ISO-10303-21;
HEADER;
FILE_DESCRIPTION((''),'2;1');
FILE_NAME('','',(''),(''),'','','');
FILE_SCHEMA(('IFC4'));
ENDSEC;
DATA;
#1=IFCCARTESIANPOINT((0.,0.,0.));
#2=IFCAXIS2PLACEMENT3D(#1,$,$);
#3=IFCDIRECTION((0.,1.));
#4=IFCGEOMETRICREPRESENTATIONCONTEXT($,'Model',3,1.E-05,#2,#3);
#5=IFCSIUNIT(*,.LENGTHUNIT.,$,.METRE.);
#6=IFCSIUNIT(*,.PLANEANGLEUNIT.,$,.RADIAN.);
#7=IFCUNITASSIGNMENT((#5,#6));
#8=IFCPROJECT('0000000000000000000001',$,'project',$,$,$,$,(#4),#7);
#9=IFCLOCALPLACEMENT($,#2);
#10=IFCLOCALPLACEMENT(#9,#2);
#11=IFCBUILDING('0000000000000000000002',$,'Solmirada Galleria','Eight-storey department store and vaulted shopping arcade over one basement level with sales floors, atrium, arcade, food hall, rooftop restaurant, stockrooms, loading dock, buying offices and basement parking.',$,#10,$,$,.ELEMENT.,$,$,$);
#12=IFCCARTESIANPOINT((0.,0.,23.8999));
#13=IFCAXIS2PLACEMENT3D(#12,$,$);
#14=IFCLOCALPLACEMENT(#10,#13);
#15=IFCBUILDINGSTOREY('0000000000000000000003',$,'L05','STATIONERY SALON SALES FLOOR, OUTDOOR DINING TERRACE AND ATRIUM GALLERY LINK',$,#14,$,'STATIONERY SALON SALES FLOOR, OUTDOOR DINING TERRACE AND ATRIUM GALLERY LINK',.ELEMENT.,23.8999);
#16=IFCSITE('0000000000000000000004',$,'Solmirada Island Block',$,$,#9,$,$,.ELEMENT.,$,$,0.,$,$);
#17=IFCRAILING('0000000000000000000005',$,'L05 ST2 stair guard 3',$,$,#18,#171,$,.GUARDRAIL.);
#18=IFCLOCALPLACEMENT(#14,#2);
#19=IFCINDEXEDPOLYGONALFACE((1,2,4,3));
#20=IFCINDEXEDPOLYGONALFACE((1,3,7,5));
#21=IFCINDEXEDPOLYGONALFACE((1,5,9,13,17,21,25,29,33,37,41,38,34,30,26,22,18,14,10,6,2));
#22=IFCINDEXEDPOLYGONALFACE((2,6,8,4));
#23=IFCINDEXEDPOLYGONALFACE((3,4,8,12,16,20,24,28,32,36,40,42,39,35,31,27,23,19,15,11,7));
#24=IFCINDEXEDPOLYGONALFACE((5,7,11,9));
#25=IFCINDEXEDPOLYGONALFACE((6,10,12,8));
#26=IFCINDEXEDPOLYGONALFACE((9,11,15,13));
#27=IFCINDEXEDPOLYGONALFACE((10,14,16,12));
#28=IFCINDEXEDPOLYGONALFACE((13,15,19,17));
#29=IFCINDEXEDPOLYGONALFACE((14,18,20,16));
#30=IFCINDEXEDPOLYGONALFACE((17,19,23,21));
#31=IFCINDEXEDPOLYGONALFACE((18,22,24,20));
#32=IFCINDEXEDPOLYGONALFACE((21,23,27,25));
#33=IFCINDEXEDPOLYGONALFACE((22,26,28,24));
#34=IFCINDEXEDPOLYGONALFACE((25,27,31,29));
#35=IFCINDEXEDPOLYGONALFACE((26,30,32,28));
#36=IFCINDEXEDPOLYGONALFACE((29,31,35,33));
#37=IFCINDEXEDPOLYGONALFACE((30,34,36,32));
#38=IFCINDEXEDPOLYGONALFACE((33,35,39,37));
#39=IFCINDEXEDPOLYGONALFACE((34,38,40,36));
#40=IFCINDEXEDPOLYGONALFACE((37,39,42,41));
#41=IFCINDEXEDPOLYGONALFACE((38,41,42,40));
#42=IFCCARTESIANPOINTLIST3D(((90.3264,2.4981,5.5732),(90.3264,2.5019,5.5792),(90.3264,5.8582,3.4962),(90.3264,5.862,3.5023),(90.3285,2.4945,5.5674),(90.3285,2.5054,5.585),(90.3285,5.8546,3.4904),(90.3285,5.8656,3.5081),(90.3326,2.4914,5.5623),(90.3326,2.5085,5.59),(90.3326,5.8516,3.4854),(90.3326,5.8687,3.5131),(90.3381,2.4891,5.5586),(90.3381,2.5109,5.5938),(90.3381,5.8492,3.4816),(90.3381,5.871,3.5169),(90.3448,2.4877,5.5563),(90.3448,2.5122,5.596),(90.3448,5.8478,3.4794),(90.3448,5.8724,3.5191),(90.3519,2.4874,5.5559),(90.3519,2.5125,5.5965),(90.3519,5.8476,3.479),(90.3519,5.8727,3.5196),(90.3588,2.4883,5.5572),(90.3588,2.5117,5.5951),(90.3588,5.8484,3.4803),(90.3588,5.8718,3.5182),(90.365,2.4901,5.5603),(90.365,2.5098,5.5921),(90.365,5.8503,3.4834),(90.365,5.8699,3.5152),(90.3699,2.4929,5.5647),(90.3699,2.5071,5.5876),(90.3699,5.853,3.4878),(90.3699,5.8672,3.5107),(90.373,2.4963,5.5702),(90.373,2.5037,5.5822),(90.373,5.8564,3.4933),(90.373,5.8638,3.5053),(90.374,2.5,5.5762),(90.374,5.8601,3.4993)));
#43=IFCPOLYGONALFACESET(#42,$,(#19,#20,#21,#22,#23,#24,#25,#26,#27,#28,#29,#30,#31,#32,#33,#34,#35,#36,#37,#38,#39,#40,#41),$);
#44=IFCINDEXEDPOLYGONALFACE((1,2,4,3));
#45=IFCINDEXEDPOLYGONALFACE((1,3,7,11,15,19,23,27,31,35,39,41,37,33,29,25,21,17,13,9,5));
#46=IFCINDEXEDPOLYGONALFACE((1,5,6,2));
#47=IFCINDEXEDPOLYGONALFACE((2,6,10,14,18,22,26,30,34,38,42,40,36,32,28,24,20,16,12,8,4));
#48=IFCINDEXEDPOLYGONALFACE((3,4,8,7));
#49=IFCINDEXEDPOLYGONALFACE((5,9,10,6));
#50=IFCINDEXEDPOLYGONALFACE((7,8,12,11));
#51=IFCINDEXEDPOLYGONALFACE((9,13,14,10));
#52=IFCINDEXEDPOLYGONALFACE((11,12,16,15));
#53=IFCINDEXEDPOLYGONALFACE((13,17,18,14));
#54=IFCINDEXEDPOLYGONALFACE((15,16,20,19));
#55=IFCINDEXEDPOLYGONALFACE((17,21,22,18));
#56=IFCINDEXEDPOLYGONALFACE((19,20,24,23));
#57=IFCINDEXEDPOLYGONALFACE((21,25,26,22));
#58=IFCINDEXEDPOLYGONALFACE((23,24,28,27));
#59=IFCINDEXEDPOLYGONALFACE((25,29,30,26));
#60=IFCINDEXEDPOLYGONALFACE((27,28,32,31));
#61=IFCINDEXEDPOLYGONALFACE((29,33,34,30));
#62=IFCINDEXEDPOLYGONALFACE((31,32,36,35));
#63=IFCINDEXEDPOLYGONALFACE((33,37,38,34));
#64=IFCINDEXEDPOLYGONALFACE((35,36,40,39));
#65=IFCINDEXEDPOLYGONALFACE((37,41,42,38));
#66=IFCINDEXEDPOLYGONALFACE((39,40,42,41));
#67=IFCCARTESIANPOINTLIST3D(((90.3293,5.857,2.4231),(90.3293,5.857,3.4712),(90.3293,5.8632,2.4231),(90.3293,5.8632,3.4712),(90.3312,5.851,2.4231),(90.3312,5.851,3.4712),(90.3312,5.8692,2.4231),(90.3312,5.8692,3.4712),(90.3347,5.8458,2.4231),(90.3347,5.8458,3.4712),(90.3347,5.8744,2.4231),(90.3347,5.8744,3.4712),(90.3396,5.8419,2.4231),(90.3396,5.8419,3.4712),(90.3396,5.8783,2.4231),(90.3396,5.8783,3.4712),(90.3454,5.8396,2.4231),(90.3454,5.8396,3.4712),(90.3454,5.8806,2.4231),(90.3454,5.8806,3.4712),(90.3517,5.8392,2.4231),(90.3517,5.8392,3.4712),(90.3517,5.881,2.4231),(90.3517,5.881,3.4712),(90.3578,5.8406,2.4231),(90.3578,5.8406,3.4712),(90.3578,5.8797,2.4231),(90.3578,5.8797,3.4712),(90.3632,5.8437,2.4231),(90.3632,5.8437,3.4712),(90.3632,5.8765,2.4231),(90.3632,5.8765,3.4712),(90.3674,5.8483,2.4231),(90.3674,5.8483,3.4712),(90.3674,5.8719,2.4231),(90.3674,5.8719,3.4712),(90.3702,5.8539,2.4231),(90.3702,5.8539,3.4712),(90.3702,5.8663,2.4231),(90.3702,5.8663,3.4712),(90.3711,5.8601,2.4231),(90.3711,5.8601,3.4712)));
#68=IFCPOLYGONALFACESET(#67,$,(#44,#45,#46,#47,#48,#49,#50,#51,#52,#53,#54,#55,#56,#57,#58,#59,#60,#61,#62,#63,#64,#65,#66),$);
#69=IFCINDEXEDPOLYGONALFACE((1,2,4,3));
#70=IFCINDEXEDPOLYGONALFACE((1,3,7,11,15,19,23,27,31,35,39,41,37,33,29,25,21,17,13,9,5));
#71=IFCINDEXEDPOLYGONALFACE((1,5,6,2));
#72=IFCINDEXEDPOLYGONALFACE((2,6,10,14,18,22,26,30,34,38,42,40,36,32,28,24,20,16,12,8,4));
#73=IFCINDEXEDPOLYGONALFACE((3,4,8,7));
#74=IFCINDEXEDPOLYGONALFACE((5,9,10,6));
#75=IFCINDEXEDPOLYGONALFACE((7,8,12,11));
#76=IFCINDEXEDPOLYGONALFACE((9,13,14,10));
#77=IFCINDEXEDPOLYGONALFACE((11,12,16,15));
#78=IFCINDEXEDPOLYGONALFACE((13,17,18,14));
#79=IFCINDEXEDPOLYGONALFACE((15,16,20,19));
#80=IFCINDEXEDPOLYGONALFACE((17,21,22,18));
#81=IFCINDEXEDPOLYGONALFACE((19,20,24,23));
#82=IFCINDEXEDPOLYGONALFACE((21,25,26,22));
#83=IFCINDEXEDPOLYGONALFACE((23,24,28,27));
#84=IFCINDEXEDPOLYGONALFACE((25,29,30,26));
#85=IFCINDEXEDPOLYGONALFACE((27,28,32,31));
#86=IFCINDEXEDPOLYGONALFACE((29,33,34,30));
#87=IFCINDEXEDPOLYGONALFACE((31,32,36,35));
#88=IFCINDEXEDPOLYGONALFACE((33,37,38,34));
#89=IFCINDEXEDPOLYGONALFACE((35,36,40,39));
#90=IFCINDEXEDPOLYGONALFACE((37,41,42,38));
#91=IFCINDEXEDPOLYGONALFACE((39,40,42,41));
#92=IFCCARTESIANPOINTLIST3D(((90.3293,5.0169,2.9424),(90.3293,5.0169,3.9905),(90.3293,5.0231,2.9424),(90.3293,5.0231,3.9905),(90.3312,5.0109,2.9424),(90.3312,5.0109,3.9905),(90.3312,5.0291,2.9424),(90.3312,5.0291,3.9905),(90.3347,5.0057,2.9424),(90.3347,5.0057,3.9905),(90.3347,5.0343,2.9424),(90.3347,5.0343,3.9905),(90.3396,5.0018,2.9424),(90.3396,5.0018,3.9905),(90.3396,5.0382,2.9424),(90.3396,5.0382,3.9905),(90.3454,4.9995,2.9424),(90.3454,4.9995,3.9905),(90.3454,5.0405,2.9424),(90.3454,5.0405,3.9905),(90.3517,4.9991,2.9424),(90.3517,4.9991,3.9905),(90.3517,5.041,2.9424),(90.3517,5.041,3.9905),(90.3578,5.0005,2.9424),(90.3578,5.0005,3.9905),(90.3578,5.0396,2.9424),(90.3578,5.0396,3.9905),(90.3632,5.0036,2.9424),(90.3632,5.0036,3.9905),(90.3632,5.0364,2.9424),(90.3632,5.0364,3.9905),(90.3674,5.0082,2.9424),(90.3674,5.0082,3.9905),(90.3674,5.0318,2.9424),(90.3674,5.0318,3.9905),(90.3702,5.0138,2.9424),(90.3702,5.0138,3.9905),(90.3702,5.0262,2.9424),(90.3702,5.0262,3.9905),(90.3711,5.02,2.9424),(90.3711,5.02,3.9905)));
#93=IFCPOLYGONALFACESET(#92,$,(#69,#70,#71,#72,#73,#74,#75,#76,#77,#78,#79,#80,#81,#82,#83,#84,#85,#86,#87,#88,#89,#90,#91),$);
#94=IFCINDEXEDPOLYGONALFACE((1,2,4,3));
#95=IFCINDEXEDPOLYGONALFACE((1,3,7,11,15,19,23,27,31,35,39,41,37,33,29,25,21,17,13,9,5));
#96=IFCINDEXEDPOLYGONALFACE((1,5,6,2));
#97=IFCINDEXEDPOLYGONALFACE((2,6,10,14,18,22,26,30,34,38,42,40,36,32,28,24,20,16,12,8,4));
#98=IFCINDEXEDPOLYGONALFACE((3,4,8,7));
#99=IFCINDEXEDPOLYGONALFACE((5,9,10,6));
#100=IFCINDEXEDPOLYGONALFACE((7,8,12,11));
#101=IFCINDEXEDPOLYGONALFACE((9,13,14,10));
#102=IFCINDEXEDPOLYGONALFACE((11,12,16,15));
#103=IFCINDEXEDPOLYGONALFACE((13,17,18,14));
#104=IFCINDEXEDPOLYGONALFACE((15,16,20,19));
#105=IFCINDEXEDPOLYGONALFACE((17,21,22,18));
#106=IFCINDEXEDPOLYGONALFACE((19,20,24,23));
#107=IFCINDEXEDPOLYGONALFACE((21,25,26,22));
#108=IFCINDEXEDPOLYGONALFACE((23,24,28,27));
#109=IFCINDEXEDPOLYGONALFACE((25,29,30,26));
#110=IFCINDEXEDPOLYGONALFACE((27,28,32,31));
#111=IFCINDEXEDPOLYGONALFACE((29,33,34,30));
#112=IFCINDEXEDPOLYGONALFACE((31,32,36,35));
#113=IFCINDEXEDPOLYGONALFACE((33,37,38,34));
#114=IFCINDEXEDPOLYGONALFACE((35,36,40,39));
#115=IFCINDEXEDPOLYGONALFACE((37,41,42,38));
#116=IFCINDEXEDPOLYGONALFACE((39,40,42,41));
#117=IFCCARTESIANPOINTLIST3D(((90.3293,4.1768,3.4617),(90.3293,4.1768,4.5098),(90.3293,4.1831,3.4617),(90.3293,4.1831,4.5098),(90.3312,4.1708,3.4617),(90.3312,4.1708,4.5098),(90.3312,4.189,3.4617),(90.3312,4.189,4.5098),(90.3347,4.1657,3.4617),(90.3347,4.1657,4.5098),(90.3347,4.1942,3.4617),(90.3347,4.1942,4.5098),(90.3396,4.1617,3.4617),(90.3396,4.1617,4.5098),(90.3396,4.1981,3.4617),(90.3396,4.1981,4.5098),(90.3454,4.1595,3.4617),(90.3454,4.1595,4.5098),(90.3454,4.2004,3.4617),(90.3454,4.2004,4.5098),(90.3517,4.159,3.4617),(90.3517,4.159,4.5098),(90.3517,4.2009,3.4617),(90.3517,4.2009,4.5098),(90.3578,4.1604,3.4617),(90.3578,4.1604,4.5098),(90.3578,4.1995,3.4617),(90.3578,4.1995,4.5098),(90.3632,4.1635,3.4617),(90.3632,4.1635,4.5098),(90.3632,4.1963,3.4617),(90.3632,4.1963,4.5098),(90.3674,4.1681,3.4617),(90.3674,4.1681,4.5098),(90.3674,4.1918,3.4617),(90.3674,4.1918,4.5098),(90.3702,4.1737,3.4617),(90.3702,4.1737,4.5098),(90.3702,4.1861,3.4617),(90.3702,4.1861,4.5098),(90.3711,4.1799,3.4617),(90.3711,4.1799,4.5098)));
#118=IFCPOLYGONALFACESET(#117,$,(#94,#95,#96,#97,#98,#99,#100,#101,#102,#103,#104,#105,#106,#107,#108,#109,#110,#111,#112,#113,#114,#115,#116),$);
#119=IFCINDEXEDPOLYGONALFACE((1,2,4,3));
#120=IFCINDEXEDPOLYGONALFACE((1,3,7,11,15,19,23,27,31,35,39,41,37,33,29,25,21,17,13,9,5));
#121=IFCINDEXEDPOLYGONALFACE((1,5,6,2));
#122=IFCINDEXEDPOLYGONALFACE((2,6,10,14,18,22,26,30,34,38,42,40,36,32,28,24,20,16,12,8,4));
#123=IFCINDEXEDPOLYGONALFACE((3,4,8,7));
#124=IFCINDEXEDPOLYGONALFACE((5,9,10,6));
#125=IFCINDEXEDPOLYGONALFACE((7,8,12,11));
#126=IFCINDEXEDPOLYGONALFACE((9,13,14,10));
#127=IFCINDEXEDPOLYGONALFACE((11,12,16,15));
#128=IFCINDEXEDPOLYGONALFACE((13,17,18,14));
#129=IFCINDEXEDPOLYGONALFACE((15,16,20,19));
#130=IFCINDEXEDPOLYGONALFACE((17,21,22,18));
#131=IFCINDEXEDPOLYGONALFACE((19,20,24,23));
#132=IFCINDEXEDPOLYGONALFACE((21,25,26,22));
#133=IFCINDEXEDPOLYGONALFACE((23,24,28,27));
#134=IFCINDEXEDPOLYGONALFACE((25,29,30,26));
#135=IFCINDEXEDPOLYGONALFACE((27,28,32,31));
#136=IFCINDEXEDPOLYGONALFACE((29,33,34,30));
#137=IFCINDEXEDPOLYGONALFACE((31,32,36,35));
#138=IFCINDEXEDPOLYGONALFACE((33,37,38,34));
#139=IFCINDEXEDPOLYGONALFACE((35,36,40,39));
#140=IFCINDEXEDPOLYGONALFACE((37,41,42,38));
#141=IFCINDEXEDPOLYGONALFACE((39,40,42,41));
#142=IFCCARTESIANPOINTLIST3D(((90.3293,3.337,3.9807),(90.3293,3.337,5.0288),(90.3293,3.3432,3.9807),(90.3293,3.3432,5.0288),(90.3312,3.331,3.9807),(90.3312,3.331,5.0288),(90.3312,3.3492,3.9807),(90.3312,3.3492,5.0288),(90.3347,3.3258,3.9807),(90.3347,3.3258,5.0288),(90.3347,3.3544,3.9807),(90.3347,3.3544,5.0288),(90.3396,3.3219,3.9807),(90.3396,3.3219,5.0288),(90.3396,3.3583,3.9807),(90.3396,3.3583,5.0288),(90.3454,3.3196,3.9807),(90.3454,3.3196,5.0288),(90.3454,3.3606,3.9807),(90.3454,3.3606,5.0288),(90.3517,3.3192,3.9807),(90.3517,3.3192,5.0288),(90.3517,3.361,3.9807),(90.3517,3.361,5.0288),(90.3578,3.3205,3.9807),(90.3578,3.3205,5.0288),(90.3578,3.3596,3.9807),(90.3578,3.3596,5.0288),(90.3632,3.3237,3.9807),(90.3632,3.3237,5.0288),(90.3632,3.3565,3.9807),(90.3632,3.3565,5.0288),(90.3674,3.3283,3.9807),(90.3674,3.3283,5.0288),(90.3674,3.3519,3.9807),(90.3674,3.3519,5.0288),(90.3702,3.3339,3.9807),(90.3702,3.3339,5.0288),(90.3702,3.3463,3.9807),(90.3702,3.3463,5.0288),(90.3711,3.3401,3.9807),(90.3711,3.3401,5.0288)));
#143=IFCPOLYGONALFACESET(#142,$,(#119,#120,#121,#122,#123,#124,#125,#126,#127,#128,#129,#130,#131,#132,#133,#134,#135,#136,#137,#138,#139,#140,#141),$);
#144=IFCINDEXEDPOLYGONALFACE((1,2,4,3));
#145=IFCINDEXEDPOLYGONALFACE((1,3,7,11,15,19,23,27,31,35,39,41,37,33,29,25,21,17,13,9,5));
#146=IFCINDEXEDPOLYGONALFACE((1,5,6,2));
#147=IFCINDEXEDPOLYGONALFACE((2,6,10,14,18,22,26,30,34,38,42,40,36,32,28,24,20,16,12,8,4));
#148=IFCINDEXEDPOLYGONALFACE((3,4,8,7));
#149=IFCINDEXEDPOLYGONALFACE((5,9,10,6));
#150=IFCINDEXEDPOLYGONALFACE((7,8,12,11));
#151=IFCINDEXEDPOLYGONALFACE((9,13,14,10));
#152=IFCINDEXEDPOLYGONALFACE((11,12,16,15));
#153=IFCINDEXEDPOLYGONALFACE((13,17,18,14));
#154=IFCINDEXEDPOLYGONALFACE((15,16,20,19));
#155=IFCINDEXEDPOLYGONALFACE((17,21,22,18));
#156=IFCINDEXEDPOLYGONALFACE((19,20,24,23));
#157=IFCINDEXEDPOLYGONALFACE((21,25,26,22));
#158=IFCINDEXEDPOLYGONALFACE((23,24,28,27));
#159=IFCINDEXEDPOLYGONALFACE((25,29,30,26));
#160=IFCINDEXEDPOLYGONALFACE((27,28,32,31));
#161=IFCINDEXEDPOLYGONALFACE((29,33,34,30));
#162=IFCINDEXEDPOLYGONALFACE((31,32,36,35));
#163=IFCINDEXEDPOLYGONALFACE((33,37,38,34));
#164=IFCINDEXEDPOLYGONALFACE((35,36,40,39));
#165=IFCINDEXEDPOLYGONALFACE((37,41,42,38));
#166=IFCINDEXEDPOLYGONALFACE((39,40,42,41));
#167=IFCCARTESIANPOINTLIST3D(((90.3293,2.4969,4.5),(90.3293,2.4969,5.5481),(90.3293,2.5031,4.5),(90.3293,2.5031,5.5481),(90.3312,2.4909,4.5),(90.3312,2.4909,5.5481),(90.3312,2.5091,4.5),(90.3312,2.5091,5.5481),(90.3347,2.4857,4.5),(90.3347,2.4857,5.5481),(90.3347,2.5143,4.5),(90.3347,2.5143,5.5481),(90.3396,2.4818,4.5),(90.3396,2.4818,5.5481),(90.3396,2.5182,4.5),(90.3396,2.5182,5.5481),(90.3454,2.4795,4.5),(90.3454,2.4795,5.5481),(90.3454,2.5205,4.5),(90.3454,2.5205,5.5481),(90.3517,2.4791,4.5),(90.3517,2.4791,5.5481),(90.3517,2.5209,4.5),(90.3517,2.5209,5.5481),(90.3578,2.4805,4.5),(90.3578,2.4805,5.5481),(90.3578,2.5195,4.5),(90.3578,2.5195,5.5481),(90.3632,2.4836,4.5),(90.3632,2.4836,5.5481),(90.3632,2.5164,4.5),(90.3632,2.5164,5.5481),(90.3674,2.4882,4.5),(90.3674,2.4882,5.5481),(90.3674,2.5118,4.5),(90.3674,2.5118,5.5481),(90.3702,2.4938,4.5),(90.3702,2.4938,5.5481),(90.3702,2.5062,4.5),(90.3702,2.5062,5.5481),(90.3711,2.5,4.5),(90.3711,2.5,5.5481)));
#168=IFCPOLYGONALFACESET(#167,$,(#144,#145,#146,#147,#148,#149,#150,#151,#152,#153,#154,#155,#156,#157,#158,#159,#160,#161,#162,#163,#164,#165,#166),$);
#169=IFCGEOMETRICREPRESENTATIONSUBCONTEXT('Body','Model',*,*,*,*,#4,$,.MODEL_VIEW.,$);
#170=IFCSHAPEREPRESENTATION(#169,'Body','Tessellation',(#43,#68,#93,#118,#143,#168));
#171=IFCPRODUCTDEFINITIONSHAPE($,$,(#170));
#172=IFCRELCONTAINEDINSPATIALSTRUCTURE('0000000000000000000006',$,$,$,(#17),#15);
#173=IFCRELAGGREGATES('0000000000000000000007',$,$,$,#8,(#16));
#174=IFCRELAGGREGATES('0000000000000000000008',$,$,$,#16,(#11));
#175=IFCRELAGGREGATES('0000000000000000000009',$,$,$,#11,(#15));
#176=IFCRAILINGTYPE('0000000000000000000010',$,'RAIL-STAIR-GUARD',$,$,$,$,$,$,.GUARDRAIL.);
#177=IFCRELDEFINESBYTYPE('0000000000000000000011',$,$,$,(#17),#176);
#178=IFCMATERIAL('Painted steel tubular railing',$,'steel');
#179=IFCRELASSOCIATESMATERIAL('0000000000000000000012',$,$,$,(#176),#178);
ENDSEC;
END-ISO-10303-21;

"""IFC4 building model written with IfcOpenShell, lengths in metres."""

from ifc_helpers import new_model, si_unit, direction, frame, origin, origin_2d, place, context, subcontext, project, spatial, circle, extrude, material, type_object, element, save


model = new_model("IFC4")

# Units and contexts
model_context = context("Model", 3, precision=1e-05, world=origin(), true_north=direction((0.0, 1.0)))
body_context = subcontext(model_context, "Body", "Model", "MODEL_VIEW")
ifc_project = project(units=[si_unit("LENGTHUNIT", "METRE"), si_unit("PLANEANGLEUNIT", "RADIAN")], contexts=[model_context])

# Site, building, storey
site_placement = place(None, origin())
site = spatial("IfcSite", under=ifc_project, at=site_placement, Name="Solmirada Island Block", CompositionType="ELEMENT", RefElevation=0.0)
building_placement = place(site_placement, origin())
building = spatial("IfcBuilding", under=site, at=building_placement, Name="Solmirada Galleria", Description="Eight-storey department store and vaulted shopping arcade over one basement level with sales floors, atrium, arcade, food hall, rooftop restaurant, stockrooms, loading dock, buying offices and basement parking.", CompositionType="ELEMENT")
storey_placement = place(building_placement, frame((0.0, 0.0, 23.8999)))
storey = spatial("IfcBuildingStorey", under=building, at=storey_placement, Name="L05", Description="STATIONERY SALON SALES FLOOR, OUTDOOR DINING TERRACE AND ATRIUM GALLERY LINK", LongName="STATIONERY SALON SALES FLOOR, OUTDOOR DINING TERRACE AND ATRIUM GALLERY LINK", CompositionType="ELEMENT", Elevation=23.8999)

# Railing
ifc_material_1 = material(Name="Painted steel tubular railing", Category="steel")
railing_type_1 = type_object("IfcRailingType", Name="RAIL-STAIR-GUARD", PredefinedType="GUARDRAIL", material=ifc_material_1)
railing_1_placement = place(storey_placement, frame((90.3501, 5.8601, 2.4231)))
element("IfcRailing", 1, at=railing_1_placement, inside=storey, type_object=railing_type_1, Name="L05 ST2 stair guard 3", PredefinedType="GUARDRAIL", context=body_context, shape_type="SweptSolid", body=[
    extrude(circle(Radius=0.0239, at=origin_2d()), frame((0.0, 0.0, 1.0762), z_axis=(0.0, -0.850623, 0.525776), x_axis=(1.0, 0.0, 0.0)), (0.0, 0.0, 1.0), 3.9502),
    extrude(circle(Radius=0.021, at=origin_2d()), origin(), (0.0, 0.0, 1.0), 1.0481),
    extrude(circle(Radius=0.021, at=origin_2d()), frame((0.0, -0.8401, 0.5193)), (0.0, 0.0, 1.0), 1.0481),
    extrude(circle(Radius=0.021, at=origin_2d()), frame((0.0, -1.6802, 1.0386)), (0.0, 0.0, 1.0), 1.0481),
    extrude(circle(Radius=0.021, at=origin_2d()), frame((0.0, -2.52, 1.5576)), (0.0, 0.0, 1.0), 1.0481),
    extrude(circle(Radius=0.021, at=origin_2d()), frame((0.0, -3.3601, 2.0769)), (0.0, 0.0, 1.0), 1.0481),
])

save(model, "model.ifc")
